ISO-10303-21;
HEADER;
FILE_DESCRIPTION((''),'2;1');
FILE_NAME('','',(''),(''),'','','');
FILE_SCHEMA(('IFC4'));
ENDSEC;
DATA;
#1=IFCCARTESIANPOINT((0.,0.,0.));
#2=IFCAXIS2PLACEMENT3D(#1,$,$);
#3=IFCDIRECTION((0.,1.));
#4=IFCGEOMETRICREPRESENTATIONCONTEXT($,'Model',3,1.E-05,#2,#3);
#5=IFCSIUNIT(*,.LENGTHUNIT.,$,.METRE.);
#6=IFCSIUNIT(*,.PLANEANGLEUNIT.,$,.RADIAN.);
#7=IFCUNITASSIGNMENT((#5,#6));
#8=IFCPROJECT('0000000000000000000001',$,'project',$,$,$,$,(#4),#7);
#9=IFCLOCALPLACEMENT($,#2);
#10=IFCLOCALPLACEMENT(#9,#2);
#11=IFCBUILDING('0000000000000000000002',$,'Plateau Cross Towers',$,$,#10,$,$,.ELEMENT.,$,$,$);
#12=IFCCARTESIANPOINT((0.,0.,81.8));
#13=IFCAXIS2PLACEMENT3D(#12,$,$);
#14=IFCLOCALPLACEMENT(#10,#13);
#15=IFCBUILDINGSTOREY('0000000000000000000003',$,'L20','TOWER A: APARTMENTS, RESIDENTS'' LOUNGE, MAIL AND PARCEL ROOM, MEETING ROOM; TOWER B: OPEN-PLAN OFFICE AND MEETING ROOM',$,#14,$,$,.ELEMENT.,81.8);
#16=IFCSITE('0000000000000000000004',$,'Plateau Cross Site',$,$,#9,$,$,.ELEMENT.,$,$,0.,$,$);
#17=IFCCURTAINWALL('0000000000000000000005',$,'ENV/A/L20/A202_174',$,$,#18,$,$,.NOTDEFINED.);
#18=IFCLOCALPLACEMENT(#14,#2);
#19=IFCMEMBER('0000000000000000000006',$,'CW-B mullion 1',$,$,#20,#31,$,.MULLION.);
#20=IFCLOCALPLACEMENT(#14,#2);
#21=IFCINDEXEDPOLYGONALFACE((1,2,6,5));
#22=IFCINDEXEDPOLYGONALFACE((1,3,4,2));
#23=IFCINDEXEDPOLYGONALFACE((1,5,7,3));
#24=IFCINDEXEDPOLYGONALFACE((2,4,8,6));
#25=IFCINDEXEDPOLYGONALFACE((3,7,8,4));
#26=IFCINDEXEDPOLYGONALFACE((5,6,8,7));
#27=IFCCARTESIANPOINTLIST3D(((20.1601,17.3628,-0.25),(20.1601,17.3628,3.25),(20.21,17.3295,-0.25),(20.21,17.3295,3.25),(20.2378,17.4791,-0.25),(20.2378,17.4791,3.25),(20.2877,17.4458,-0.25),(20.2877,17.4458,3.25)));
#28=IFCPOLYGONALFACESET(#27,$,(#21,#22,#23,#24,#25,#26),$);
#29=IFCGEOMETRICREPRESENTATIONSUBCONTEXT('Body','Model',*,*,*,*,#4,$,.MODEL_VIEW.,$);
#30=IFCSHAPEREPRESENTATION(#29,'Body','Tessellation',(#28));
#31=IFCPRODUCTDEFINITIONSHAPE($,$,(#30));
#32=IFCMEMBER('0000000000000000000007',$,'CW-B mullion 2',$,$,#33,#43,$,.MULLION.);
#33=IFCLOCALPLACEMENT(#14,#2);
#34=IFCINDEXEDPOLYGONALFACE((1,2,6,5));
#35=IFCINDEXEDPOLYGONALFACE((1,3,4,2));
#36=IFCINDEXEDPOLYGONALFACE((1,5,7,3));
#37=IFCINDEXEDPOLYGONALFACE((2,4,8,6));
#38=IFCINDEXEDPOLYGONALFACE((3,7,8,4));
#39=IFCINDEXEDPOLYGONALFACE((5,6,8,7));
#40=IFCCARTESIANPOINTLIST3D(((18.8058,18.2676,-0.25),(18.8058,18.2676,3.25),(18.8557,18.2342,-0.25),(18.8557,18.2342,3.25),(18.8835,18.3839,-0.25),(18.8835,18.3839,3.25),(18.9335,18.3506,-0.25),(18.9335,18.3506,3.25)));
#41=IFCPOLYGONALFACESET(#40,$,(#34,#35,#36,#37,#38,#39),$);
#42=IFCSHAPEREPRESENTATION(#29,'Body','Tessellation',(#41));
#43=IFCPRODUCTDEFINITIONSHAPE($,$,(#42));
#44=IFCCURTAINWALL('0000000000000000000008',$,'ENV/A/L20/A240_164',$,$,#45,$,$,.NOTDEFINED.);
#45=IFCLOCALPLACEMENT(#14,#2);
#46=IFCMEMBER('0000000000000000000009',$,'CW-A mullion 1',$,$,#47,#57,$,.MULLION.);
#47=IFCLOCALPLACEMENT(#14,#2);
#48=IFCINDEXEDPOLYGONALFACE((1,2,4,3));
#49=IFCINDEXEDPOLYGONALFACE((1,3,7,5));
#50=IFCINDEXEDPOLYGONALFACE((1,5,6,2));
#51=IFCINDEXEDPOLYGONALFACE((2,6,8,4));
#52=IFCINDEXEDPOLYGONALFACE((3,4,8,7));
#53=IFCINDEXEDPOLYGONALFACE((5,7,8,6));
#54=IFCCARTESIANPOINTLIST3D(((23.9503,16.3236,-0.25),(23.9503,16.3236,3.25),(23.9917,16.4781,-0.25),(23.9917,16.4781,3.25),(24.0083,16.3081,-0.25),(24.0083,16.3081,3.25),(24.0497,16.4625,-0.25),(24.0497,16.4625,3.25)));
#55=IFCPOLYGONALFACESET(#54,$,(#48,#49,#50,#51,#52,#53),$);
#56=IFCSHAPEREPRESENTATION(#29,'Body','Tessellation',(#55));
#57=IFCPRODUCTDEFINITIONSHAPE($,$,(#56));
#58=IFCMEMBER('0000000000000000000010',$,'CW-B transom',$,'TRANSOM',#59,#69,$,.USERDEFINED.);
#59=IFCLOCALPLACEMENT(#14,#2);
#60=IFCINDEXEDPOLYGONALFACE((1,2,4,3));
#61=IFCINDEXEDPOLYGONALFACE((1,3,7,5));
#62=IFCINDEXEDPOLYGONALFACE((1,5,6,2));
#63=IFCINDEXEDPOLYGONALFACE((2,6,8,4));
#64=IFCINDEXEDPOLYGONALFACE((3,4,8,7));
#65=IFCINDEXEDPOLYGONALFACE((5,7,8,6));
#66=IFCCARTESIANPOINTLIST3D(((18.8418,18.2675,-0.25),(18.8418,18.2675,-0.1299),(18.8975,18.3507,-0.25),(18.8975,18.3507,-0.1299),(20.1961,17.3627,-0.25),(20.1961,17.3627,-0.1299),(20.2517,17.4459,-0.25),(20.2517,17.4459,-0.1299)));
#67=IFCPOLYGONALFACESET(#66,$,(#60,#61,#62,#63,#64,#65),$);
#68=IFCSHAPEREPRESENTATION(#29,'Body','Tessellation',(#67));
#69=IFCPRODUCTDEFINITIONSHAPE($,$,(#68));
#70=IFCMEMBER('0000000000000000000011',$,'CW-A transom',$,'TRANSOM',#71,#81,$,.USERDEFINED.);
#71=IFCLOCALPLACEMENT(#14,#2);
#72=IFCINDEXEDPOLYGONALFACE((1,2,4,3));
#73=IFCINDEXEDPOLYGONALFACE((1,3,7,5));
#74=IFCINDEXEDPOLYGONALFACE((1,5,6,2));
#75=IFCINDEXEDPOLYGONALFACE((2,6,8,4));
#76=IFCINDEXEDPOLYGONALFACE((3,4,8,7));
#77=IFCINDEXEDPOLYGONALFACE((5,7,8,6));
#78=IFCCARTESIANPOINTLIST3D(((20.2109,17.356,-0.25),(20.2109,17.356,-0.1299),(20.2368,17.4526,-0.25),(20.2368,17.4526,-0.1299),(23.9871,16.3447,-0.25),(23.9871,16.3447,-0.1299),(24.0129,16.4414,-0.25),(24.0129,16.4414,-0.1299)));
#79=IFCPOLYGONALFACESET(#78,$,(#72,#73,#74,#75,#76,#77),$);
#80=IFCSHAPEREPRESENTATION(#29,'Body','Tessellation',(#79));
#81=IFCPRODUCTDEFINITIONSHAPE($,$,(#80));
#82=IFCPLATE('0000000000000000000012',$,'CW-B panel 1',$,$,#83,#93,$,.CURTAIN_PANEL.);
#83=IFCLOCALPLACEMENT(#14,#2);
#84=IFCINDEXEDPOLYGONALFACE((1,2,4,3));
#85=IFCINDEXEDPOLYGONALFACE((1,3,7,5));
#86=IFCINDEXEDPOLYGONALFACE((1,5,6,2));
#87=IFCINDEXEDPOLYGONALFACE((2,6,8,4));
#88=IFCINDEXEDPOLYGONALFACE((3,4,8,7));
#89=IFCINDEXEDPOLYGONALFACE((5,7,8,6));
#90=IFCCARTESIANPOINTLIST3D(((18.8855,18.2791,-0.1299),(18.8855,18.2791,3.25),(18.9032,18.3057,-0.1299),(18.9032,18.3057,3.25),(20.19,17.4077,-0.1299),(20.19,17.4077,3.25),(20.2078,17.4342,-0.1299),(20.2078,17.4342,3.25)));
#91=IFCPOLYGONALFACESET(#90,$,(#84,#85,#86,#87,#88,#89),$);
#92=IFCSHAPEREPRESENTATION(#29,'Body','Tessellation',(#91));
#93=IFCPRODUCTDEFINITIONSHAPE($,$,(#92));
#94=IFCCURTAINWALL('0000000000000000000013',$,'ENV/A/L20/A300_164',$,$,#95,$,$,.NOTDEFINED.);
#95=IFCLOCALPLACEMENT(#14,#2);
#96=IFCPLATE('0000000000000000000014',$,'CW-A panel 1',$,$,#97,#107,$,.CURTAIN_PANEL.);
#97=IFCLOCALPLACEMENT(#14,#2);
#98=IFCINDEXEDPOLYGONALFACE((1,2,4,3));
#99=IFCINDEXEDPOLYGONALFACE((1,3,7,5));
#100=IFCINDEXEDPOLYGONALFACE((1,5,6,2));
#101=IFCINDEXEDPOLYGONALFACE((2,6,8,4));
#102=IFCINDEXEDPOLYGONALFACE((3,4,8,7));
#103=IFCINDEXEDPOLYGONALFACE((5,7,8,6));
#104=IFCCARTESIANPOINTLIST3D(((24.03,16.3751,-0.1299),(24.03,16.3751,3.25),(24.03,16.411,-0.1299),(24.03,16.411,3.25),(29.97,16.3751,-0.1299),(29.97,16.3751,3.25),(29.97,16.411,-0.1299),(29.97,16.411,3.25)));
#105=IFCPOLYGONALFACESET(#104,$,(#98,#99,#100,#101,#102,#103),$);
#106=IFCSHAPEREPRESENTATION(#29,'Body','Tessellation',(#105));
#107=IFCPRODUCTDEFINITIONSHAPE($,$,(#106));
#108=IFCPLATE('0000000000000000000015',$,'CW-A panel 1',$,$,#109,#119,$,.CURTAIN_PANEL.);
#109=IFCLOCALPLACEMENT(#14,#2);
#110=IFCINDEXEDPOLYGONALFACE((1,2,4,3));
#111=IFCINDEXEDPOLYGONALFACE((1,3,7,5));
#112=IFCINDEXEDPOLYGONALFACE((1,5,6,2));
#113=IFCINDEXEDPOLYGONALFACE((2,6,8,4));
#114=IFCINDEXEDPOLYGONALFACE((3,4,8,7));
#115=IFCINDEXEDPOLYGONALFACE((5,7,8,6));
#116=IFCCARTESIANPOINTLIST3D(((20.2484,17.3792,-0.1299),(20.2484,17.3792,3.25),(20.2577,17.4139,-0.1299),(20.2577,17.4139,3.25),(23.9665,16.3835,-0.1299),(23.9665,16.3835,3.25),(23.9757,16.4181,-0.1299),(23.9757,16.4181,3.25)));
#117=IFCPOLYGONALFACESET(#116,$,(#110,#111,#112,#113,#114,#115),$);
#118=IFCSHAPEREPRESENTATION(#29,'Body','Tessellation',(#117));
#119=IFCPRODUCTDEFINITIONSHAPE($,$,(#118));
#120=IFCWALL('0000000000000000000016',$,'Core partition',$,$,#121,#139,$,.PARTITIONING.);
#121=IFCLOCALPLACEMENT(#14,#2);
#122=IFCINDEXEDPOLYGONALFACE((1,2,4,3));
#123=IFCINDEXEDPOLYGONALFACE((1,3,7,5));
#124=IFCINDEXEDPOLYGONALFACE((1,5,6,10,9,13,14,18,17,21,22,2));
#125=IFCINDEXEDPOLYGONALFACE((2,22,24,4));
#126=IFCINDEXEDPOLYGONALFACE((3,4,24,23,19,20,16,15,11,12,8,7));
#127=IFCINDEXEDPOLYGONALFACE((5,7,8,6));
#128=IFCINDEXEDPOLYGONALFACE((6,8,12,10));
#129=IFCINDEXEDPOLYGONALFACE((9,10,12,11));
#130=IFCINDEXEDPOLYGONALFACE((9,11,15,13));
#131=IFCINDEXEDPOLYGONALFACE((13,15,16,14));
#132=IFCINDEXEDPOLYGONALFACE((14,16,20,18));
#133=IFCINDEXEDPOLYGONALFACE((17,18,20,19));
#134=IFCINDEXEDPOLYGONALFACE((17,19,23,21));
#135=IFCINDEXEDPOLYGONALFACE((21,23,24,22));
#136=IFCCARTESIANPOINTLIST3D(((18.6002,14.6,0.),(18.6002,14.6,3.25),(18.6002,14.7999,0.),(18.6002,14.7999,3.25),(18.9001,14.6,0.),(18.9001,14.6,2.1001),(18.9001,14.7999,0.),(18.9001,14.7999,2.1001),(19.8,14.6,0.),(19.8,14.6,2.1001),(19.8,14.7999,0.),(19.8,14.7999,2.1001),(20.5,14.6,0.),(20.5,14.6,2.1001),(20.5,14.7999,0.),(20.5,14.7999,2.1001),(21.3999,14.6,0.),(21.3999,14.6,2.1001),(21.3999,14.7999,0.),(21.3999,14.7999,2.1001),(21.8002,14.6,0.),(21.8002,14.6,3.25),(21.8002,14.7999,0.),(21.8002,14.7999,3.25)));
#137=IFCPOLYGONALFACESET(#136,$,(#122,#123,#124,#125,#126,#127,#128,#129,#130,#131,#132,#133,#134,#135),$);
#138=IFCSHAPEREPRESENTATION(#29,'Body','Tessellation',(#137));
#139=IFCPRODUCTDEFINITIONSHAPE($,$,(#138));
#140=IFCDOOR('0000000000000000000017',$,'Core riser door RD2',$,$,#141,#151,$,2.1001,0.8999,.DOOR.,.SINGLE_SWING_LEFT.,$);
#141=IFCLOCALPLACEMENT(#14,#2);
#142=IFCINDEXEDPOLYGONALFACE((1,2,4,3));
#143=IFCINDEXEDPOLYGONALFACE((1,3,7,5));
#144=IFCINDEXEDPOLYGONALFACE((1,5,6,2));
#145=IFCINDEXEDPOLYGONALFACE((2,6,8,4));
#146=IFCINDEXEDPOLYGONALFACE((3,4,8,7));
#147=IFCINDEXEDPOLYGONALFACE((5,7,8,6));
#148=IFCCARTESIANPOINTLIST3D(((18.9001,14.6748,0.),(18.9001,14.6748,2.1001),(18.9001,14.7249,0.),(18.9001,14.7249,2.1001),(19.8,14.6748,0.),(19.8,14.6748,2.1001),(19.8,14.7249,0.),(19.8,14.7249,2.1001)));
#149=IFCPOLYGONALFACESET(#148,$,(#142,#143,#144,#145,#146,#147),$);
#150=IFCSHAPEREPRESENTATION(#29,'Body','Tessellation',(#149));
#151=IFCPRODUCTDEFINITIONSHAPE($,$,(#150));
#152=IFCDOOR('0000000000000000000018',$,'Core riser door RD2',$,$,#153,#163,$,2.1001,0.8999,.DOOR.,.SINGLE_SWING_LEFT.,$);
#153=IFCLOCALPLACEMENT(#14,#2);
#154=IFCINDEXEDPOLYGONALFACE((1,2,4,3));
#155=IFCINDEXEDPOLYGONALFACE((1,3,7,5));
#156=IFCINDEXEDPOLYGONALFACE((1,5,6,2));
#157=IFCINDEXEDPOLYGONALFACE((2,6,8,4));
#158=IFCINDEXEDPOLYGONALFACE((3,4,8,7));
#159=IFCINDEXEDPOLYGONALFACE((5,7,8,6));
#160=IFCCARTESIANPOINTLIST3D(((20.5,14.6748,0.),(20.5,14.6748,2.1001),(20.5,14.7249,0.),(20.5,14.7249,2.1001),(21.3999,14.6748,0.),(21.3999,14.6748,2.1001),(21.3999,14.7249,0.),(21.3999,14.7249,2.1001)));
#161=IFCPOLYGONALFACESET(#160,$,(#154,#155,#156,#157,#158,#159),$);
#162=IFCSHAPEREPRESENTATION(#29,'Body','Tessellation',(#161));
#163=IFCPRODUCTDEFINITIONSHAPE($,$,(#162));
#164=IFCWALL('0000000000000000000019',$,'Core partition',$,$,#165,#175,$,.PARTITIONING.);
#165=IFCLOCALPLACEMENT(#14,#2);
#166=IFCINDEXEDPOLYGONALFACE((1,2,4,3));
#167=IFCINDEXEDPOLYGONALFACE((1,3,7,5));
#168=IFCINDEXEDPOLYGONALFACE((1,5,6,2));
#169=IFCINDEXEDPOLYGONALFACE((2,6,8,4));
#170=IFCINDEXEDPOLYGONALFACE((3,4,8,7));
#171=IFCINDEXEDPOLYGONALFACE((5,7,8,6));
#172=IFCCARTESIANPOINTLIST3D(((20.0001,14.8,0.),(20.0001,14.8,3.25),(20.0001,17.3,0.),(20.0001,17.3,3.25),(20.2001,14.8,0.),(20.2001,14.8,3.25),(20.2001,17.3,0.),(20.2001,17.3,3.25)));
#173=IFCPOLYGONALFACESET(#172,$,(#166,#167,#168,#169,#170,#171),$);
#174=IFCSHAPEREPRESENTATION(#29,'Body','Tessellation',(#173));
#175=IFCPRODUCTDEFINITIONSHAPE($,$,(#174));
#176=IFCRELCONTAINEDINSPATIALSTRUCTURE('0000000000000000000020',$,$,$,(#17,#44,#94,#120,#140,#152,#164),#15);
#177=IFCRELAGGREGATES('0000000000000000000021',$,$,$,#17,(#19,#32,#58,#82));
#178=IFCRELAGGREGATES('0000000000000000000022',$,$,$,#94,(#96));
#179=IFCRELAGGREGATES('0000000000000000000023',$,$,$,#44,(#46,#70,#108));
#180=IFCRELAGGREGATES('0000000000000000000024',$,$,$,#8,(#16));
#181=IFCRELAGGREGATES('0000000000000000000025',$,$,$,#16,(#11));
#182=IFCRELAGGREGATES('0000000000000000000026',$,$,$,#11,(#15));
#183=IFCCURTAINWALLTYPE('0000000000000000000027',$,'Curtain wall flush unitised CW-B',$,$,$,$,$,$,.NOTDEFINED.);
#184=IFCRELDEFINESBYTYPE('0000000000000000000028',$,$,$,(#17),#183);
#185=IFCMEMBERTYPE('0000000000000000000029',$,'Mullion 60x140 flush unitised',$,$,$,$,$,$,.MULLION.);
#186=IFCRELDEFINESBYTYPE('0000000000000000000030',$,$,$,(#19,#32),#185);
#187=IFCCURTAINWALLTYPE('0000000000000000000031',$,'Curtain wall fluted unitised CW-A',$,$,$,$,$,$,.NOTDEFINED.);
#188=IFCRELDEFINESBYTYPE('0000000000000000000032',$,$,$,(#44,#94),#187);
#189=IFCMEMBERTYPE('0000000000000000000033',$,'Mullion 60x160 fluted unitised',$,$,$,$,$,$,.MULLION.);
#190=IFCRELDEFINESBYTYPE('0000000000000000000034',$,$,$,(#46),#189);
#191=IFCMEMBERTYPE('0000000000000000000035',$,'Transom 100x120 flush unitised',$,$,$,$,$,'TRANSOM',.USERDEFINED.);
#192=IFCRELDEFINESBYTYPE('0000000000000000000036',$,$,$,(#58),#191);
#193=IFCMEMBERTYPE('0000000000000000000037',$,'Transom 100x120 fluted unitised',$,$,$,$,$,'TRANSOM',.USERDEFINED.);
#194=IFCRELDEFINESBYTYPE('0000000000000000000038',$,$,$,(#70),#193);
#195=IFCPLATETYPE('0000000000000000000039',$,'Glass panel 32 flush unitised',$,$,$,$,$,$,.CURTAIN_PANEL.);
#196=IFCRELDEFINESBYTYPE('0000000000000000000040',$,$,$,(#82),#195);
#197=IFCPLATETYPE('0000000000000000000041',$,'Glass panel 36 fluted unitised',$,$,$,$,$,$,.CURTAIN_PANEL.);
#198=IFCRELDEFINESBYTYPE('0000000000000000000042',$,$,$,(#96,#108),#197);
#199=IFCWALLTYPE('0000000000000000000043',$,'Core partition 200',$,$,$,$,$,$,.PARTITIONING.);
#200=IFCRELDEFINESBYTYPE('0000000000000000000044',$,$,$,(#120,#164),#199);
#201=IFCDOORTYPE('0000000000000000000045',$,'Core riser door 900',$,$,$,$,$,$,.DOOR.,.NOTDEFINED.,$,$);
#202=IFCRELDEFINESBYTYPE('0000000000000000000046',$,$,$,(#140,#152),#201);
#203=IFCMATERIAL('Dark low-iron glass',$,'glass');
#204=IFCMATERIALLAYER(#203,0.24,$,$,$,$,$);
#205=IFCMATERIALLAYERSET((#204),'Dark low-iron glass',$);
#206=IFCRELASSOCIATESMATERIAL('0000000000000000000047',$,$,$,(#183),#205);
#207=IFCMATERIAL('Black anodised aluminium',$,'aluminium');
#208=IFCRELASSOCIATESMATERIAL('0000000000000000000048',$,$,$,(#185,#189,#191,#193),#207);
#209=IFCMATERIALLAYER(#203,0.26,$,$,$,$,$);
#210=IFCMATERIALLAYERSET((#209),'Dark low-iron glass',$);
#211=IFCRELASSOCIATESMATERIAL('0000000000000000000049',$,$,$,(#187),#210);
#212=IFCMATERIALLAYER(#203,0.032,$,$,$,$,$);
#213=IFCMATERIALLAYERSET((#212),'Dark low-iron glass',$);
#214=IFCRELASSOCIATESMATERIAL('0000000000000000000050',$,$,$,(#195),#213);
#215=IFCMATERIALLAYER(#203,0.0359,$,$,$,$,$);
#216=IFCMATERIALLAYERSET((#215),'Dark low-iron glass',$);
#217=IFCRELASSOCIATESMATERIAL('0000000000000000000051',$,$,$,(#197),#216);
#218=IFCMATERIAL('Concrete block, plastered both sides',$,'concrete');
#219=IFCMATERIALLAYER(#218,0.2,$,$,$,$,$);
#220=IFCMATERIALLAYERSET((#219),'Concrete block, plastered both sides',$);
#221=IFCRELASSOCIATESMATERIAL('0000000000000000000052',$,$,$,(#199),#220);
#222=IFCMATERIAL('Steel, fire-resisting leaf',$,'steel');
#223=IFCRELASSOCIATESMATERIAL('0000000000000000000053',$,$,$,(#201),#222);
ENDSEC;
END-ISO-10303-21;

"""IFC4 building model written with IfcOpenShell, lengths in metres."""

from ifc_helpers import new_model, si_unit, direction, frame, frame_2d, origin, origin_2d, place, context, subcontext, project, spatial, rectangle, extrude, material, layer, layer_set, material_profile, profile_set, type_object, element, fill, aggregate, save


model = new_model("IFC4")

# Units and contexts
model_context = context("Model", 3, precision=1e-05, world=origin(), true_north=direction((0.0, 1.0)))
body_context = subcontext(model_context, "Body", "Model", "MODEL_VIEW")
ifc_project = project(units=[si_unit("LENGTHUNIT", "METRE"), si_unit("PLANEANGLEUNIT", "RADIAN")], contexts=[model_context])

# Site, building, storey
site_placement = place(None, origin())
site = spatial("IfcSite", under=ifc_project, at=site_placement, Name="Plateau Cross Site", CompositionType="ELEMENT", RefElevation=0.0)
building_placement = place(site_placement, origin())
building = spatial("IfcBuilding", under=site, at=building_placement, Name="Plateau Cross Towers", CompositionType="ELEMENT")
storey_placement = place(building_placement, frame((0.0, 0.0, 81.8)))
storey = spatial("IfcBuildingStorey", under=building, at=storey_placement, Name="L20", Description="TOWER A: APARTMENTS, RESIDENTS' LOUNGE, MAIL AND PARCEL ROOM, MEETING ROOM; TOWER B: OPEN-PLAN OFFICE AND MEETING ROOM", CompositionType="ELEMENT", Elevation=81.8)

# Curtain wall, members
ifc_material_1 = material(Name="Dark low-iron glass", Category="glass")
ifc_layer_1 = layer(ifc_material_1, 0.24)
ifc_layer_set_1 = layer_set([ifc_layer_1], Name="Dark low-iron glass")
curtain_wall_type_1 = type_object("IfcCurtainWallType", Name="Curtain wall flush unitised CW-B", PredefinedType="NOTDEFINED", material=ifc_layer_set_1)
curtain_wall_1_placement = place(storey_placement, origin())
curtain_wall_1 = element("IfcCurtainWall", 1, at=curtain_wall_1_placement, inside=storey, type_object=curtain_wall_type_1, Name="ENV/A/L20/A202_174", PredefinedType="NOTDEFINED")
ifc_material_2 = material(Name="Black anodised aluminium", Category="aluminium")
ifc_material_profile_1 = material_profile(ifc_material_2, rectangle(XDim=0.0601, YDim=0.1399, at=origin_2d()), Name="MULLION 60x140")
ifc_profile_set_1 = profile_set([ifc_material_profile_1], Name="Black anodised aluminium")
member_type_1 = type_object("IfcMemberType", Name="Mullion 60x140 flush unitised", PredefinedType="MULLION", material=ifc_profile_set_1)
member_1_placement = place(storey_placement, frame((20.2239, 17.4043, -0.25), z_axis=(0.0, 0.0, 1.0), x_axis=(-0.831521, 0.555493, 0.0)))
member_1 = element("IfcMember", 2, at=member_1_placement, type_object=member_type_1, Name="CW-B mullion 1", PredefinedType="MULLION", context=body_context, shape_type="SweptSolid", body=[
    extrude(rectangle(XDim=0.0601, YDim=0.1399, at=origin_2d()), origin(), (0.0, 0.0, 1.0), 3.5),
])
member_2_placement = place(storey_placement, frame((18.8696, 18.3091, -0.25), z_axis=(0.0, 0.0, 1.0), x_axis=(-0.831521, 0.555493, 0.0)))
member_2 = element("IfcMember", 3, at=member_2_placement, type_object=member_type_1, Name="CW-B mullion 2", PredefinedType="MULLION", context=body_context, shape_type="SweptSolid", body=[
    extrude(rectangle(XDim=0.0601, YDim=0.1399, at=origin_2d()), origin(), (0.0, 0.0, 1.0), 3.5),
])

# Curtain wall, member
ifc_layer_2 = layer(ifc_material_1, 0.26)
ifc_layer_set_2 = layer_set([ifc_layer_2], Name="Dark low-iron glass")
curtain_wall_type_2 = type_object("IfcCurtainWallType", Name="Curtain wall fluted unitised CW-A", PredefinedType="NOTDEFINED", material=ifc_layer_set_2)
curtain_wall_2_placement = place(storey_placement, origin())
curtain_wall_2 = element("IfcCurtainWall", 4, at=curtain_wall_2_placement, inside=storey, type_object=curtain_wall_type_2, Name="ENV/A/L20/A240_164", PredefinedType="NOTDEFINED")
ifc_material_profile_2 = material_profile(ifc_material_2, rectangle(XDim=0.0601, YDim=0.1599, at=origin_2d()), Name="MULLION 60x160")
ifc_profile_set_2 = profile_set([ifc_material_profile_2], Name="Black anodised aluminium")
member_type_2 = type_object("IfcMemberType", Name="Mullion 60x160 fluted unitised", PredefinedType="MULLION", material=ifc_profile_set_2)
member_3_placement = place(storey_placement, frame((24.0, 16.3931, -0.25), z_axis=(0.0, 0.0, 1.0), x_axis=(-0.965958, 0.258699, 0.0)))
member_3 = element("IfcMember", 5, at=member_3_placement, type_object=member_type_2, Name="CW-A mullion 1", PredefinedType="MULLION", context=body_context, shape_type="SweptSolid", body=[
    extrude(rectangle(XDim=0.0601, YDim=0.1599, at=origin_2d()), origin(), (0.0, 0.0, 1.0), 3.5),
])

# Members
ifc_material_profile_3 = material_profile(ifc_material_2, rectangle(XDim=0.1001, YDim=0.1201, at=origin_2d()), Name="TRANSOM 100x120")
ifc_profile_set_3 = profile_set([ifc_material_profile_3], Name="Black anodised aluminium")
member_type_3 = type_object("IfcMemberType", Name="Transom 100x120 flush unitised", ElementType="TRANSOM", PredefinedType="USERDEFINED", material=ifc_profile_set_3)
member_4_placement = place(storey_placement, frame((20.2239, 17.4043, -0.1899), z_axis=(-0.831496, 0.55553, 0.0), x_axis=(-0.55553, -0.831496, 0.0)))
member_4 = element("IfcMember", 6, at=member_4_placement, type_object=member_type_3, Name="CW-B transom", ObjectType="TRANSOM", PredefinedType="USERDEFINED", context=body_context, shape_type="SweptSolid", body=[
    extrude(rectangle(XDim=0.1001, YDim=0.1201, at=origin_2d()), origin(), (0.0, 0.0, 1.0), 1.6287),
])
ifc_material_profile_4 = material_profile(ifc_material_2, rectangle(XDim=0.1001, YDim=0.1201, at=origin_2d()), Name="TRANSOM 100x120")
ifc_profile_set_4 = profile_set([ifc_material_profile_4], Name="Black anodised aluminium")
member_type_4 = type_object("IfcMemberType", Name="Transom 100x120 fluted unitised", ElementType="TRANSOM", PredefinedType="USERDEFINED", material=ifc_profile_set_4)
member_5_placement = place(storey_placement, frame((24.0, 16.3931, -0.1899), z_axis=(-0.965963, 0.258681, 0.0), x_axis=(-0.258681, -0.965963, 0.0)))
member_5 = element("IfcMember", 7, at=member_5_placement, type_object=member_type_4, Name="CW-A transom", ObjectType="TRANSOM", PredefinedType="USERDEFINED", context=body_context, shape_type="SweptSolid", body=[
    extrude(rectangle(XDim=0.1001, YDim=0.1201, at=origin_2d()), origin(), (0.0, 0.0, 1.0), 3.9092),
])

# Plate
ifc_layer_3 = layer(ifc_material_1, 0.032)
ifc_layer_set_3 = layer_set([ifc_layer_3], Name="Dark low-iron glass")
plate_type_1 = type_object("IfcPlateType", Name="Glass panel 32 flush unitised", PredefinedType="CURTAIN_PANEL", material=ifc_layer_set_3)
plate_1_placement = place(storey_placement, frame((19.5466, 17.8567, -0.1299), z_axis=(0.0, 0.0, 1.0), x_axis=(-0.831521, 0.555493, 0.0)))
plate_1 = element("IfcPlate", 8, at=plate_1_placement, type_object=plate_type_1, Name="CW-B panel 1", PredefinedType="CURTAIN_PANEL", context=body_context, shape_type="SweptSolid", body=[
    extrude(rectangle(XDim=1.5688, YDim=0.032, at=origin_2d()), origin(), (0.0, 0.0, 1.0), 3.3799),
])
aggregate(curtain_wall_1, [member_1, member_2, member_4, plate_1])

# Curtain wall, plate
curtain_wall_3_placement = place(storey_placement, origin())
curtain_wall_3 = element("IfcCurtainWall", 9, at=curtain_wall_3_placement, inside=storey, type_object=curtain_wall_type_2, Name="ENV/A/L20/A300_164", PredefinedType="NOTDEFINED")
ifc_layer_4 = layer(ifc_material_1, 0.0359)
ifc_layer_set_4 = layer_set([ifc_layer_4], Name="Dark low-iron glass")
plate_type_2 = type_object("IfcPlateType", Name="Glass panel 36 fluted unitised", PredefinedType="CURTAIN_PANEL", material=ifc_layer_set_4)
plate_2_placement = place(storey_placement, frame((27.0, 16.3931, -0.1299), z_axis=(0.0, 0.0, 1.0), x_axis=(-1.0, 0.0, 0.0)))
plate_2 = element("IfcPlate", 10, at=plate_2_placement, type_object=plate_type_2, Name="CW-A panel 1", PredefinedType="CURTAIN_PANEL", context=body_context, shape_type="SweptSolid", body=[
    extrude(rectangle(XDim=5.9399, YDim=0.0359, at=origin_2d()), origin(), (0.0, 0.0, 1.0), 3.3799),
])
aggregate(curtain_wall_3, [plate_2])

# Plate
plate_3_placement = place(storey_placement, frame((22.1121, 16.8987, -0.1299), z_axis=(0.0, 0.0, 1.0), x_axis=(-0.965958, 0.258699, 0.0)))
plate_3 = element("IfcPlate", 11, at=plate_3_placement, type_object=plate_type_2, Name="CW-A panel 1", PredefinedType="CURTAIN_PANEL", context=body_context, shape_type="SweptSolid", body=[
    extrude(rectangle(XDim=3.8491, YDim=0.0359, at=origin_2d()), origin(), (0.0, 0.0, 1.0), 3.3799),
])
aggregate(curtain_wall_2, [member_3, member_5, plate_3])

# Wall, openings, doors
ifc_material_3 = material(Name="Concrete block, plastered both sides", Category="concrete")
ifc_layer_5 = layer(ifc_material_3, 0.2)
ifc_layer_set_5 = layer_set([ifc_layer_5], Name="Concrete block, plastered both sides")
wall_type_1 = type_object("IfcWallType", Name="Core partition 200", PredefinedType="PARTITIONING", material=ifc_layer_set_5)
wall_1_placement = place(storey_placement, frame((18.6001, 14.7, 0.0), z_axis=(0.0, 0.0, 1.0), x_axis=(1.0, 0.0, 0.0)))
wall_1 = element("IfcWall", 12, at=wall_1_placement, inside=storey, type_object=wall_type_1, Name="Core partition", PredefinedType="PARTITIONING", context=body_context, shape_type="SweptSolid", body=[
    extrude(rectangle(XDim=3.2, YDim=0.2, at=frame_2d((1.6001, 0.0))), origin(), (0.0, 0.0, 1.0), 3.25),
])
opening_1_placement = place(wall_1_placement, frame((0.3, 0.0, 0.0)))
opening_1 = element("IfcOpeningElement", 13, at=opening_1_placement, cuts=wall_1, PredefinedType="OPENING", context=body_context, shape_type="SweptSolid", body=[
    extrude(rectangle(XDim=0.8999, YDim=2.1001, at=frame_2d((0.45, 1.05))), frame((0.0, 0.1099, 0.0), z_axis=(0.0, -1.0, 0.0), x_axis=(1.0, 0.0, 0.0)), (0.0, 0.0, 1.0), 0.22),
])
opening_2_placement = place(wall_1_placement, frame((1.8999, 0.0, 0.0)))
opening_2 = element("IfcOpeningElement", 14, at=opening_2_placement, cuts=wall_1, PredefinedType="OPENING", context=body_context, shape_type="SweptSolid", body=[
    extrude(rectangle(XDim=0.8999, YDim=2.1001, at=frame_2d((0.45, 1.05))), frame((0.0, 0.1099, 0.0), z_axis=(0.0, -1.0, 0.0), x_axis=(1.0, 0.0, 0.0)), (0.0, 0.0, 1.0), 0.22),
])
ifc_material_4 = material(Name="Steel, fire-resisting leaf", Category="steel")
door_type_1 = type_object("IfcDoorType", Name="Core riser door 900", OperationType="NOTDEFINED", PredefinedType="DOOR", material=ifc_material_4)
door_1_placement = place(opening_1_placement, origin())
door_1 = element("IfcDoor", 15, at=door_1_placement, inside=storey, type_object=door_type_1, Name="Core riser door RD2", OperationType="SINGLE_SWING_LEFT", OverallHeight=2.1001, OverallWidth=0.8999, PredefinedType="DOOR", context=body_context, shape_type="SweptSolid", body=[
    extrude(rectangle(XDim=0.8999, YDim=2.1001, at=frame_2d((0.45, 1.05))), frame((0.0, 0.0249, 0.0), z_axis=(0.0, -1.0, 0.0), x_axis=(1.0, 0.0, 0.0)), (0.0, 0.0, 1.0), 0.05),
])
fill(opening_1, door_1)
door_2_placement = place(opening_2_placement, origin())
door_2 = element("IfcDoor", 16, at=door_2_placement, inside=storey, type_object=door_type_1, Name="Core riser door RD2", OperationType="SINGLE_SWING_LEFT", OverallHeight=2.1001, OverallWidth=0.8999, PredefinedType="DOOR", context=body_context, shape_type="SweptSolid", body=[
    extrude(rectangle(XDim=0.8999, YDim=2.1001, at=frame_2d((0.45, 1.05))), frame((0.0, 0.0249, 0.0), z_axis=(0.0, -1.0, 0.0), x_axis=(1.0, 0.0, 0.0)), (0.0, 0.0, 1.0), 0.05),
])
fill(opening_2, door_2)

# Wall
wall_2_placement = place(storey_placement, frame((20.1001, 14.8, 0.0), z_axis=(0.0, 0.0, 1.0), x_axis=(0.0, 1.0, 0.0)))
element("IfcWall", 17, at=wall_2_placement, inside=storey, type_object=wall_type_1, Name="Core partition", PredefinedType="PARTITIONING", context=body_context, shape_type="SweptSolid", body=[
    extrude(rectangle(XDim=2.5, YDim=0.2, at=frame_2d((1.25, 0.0))), origin(), (0.0, 0.0, 1.0), 3.25),
])

save(model, "model.ifc")
